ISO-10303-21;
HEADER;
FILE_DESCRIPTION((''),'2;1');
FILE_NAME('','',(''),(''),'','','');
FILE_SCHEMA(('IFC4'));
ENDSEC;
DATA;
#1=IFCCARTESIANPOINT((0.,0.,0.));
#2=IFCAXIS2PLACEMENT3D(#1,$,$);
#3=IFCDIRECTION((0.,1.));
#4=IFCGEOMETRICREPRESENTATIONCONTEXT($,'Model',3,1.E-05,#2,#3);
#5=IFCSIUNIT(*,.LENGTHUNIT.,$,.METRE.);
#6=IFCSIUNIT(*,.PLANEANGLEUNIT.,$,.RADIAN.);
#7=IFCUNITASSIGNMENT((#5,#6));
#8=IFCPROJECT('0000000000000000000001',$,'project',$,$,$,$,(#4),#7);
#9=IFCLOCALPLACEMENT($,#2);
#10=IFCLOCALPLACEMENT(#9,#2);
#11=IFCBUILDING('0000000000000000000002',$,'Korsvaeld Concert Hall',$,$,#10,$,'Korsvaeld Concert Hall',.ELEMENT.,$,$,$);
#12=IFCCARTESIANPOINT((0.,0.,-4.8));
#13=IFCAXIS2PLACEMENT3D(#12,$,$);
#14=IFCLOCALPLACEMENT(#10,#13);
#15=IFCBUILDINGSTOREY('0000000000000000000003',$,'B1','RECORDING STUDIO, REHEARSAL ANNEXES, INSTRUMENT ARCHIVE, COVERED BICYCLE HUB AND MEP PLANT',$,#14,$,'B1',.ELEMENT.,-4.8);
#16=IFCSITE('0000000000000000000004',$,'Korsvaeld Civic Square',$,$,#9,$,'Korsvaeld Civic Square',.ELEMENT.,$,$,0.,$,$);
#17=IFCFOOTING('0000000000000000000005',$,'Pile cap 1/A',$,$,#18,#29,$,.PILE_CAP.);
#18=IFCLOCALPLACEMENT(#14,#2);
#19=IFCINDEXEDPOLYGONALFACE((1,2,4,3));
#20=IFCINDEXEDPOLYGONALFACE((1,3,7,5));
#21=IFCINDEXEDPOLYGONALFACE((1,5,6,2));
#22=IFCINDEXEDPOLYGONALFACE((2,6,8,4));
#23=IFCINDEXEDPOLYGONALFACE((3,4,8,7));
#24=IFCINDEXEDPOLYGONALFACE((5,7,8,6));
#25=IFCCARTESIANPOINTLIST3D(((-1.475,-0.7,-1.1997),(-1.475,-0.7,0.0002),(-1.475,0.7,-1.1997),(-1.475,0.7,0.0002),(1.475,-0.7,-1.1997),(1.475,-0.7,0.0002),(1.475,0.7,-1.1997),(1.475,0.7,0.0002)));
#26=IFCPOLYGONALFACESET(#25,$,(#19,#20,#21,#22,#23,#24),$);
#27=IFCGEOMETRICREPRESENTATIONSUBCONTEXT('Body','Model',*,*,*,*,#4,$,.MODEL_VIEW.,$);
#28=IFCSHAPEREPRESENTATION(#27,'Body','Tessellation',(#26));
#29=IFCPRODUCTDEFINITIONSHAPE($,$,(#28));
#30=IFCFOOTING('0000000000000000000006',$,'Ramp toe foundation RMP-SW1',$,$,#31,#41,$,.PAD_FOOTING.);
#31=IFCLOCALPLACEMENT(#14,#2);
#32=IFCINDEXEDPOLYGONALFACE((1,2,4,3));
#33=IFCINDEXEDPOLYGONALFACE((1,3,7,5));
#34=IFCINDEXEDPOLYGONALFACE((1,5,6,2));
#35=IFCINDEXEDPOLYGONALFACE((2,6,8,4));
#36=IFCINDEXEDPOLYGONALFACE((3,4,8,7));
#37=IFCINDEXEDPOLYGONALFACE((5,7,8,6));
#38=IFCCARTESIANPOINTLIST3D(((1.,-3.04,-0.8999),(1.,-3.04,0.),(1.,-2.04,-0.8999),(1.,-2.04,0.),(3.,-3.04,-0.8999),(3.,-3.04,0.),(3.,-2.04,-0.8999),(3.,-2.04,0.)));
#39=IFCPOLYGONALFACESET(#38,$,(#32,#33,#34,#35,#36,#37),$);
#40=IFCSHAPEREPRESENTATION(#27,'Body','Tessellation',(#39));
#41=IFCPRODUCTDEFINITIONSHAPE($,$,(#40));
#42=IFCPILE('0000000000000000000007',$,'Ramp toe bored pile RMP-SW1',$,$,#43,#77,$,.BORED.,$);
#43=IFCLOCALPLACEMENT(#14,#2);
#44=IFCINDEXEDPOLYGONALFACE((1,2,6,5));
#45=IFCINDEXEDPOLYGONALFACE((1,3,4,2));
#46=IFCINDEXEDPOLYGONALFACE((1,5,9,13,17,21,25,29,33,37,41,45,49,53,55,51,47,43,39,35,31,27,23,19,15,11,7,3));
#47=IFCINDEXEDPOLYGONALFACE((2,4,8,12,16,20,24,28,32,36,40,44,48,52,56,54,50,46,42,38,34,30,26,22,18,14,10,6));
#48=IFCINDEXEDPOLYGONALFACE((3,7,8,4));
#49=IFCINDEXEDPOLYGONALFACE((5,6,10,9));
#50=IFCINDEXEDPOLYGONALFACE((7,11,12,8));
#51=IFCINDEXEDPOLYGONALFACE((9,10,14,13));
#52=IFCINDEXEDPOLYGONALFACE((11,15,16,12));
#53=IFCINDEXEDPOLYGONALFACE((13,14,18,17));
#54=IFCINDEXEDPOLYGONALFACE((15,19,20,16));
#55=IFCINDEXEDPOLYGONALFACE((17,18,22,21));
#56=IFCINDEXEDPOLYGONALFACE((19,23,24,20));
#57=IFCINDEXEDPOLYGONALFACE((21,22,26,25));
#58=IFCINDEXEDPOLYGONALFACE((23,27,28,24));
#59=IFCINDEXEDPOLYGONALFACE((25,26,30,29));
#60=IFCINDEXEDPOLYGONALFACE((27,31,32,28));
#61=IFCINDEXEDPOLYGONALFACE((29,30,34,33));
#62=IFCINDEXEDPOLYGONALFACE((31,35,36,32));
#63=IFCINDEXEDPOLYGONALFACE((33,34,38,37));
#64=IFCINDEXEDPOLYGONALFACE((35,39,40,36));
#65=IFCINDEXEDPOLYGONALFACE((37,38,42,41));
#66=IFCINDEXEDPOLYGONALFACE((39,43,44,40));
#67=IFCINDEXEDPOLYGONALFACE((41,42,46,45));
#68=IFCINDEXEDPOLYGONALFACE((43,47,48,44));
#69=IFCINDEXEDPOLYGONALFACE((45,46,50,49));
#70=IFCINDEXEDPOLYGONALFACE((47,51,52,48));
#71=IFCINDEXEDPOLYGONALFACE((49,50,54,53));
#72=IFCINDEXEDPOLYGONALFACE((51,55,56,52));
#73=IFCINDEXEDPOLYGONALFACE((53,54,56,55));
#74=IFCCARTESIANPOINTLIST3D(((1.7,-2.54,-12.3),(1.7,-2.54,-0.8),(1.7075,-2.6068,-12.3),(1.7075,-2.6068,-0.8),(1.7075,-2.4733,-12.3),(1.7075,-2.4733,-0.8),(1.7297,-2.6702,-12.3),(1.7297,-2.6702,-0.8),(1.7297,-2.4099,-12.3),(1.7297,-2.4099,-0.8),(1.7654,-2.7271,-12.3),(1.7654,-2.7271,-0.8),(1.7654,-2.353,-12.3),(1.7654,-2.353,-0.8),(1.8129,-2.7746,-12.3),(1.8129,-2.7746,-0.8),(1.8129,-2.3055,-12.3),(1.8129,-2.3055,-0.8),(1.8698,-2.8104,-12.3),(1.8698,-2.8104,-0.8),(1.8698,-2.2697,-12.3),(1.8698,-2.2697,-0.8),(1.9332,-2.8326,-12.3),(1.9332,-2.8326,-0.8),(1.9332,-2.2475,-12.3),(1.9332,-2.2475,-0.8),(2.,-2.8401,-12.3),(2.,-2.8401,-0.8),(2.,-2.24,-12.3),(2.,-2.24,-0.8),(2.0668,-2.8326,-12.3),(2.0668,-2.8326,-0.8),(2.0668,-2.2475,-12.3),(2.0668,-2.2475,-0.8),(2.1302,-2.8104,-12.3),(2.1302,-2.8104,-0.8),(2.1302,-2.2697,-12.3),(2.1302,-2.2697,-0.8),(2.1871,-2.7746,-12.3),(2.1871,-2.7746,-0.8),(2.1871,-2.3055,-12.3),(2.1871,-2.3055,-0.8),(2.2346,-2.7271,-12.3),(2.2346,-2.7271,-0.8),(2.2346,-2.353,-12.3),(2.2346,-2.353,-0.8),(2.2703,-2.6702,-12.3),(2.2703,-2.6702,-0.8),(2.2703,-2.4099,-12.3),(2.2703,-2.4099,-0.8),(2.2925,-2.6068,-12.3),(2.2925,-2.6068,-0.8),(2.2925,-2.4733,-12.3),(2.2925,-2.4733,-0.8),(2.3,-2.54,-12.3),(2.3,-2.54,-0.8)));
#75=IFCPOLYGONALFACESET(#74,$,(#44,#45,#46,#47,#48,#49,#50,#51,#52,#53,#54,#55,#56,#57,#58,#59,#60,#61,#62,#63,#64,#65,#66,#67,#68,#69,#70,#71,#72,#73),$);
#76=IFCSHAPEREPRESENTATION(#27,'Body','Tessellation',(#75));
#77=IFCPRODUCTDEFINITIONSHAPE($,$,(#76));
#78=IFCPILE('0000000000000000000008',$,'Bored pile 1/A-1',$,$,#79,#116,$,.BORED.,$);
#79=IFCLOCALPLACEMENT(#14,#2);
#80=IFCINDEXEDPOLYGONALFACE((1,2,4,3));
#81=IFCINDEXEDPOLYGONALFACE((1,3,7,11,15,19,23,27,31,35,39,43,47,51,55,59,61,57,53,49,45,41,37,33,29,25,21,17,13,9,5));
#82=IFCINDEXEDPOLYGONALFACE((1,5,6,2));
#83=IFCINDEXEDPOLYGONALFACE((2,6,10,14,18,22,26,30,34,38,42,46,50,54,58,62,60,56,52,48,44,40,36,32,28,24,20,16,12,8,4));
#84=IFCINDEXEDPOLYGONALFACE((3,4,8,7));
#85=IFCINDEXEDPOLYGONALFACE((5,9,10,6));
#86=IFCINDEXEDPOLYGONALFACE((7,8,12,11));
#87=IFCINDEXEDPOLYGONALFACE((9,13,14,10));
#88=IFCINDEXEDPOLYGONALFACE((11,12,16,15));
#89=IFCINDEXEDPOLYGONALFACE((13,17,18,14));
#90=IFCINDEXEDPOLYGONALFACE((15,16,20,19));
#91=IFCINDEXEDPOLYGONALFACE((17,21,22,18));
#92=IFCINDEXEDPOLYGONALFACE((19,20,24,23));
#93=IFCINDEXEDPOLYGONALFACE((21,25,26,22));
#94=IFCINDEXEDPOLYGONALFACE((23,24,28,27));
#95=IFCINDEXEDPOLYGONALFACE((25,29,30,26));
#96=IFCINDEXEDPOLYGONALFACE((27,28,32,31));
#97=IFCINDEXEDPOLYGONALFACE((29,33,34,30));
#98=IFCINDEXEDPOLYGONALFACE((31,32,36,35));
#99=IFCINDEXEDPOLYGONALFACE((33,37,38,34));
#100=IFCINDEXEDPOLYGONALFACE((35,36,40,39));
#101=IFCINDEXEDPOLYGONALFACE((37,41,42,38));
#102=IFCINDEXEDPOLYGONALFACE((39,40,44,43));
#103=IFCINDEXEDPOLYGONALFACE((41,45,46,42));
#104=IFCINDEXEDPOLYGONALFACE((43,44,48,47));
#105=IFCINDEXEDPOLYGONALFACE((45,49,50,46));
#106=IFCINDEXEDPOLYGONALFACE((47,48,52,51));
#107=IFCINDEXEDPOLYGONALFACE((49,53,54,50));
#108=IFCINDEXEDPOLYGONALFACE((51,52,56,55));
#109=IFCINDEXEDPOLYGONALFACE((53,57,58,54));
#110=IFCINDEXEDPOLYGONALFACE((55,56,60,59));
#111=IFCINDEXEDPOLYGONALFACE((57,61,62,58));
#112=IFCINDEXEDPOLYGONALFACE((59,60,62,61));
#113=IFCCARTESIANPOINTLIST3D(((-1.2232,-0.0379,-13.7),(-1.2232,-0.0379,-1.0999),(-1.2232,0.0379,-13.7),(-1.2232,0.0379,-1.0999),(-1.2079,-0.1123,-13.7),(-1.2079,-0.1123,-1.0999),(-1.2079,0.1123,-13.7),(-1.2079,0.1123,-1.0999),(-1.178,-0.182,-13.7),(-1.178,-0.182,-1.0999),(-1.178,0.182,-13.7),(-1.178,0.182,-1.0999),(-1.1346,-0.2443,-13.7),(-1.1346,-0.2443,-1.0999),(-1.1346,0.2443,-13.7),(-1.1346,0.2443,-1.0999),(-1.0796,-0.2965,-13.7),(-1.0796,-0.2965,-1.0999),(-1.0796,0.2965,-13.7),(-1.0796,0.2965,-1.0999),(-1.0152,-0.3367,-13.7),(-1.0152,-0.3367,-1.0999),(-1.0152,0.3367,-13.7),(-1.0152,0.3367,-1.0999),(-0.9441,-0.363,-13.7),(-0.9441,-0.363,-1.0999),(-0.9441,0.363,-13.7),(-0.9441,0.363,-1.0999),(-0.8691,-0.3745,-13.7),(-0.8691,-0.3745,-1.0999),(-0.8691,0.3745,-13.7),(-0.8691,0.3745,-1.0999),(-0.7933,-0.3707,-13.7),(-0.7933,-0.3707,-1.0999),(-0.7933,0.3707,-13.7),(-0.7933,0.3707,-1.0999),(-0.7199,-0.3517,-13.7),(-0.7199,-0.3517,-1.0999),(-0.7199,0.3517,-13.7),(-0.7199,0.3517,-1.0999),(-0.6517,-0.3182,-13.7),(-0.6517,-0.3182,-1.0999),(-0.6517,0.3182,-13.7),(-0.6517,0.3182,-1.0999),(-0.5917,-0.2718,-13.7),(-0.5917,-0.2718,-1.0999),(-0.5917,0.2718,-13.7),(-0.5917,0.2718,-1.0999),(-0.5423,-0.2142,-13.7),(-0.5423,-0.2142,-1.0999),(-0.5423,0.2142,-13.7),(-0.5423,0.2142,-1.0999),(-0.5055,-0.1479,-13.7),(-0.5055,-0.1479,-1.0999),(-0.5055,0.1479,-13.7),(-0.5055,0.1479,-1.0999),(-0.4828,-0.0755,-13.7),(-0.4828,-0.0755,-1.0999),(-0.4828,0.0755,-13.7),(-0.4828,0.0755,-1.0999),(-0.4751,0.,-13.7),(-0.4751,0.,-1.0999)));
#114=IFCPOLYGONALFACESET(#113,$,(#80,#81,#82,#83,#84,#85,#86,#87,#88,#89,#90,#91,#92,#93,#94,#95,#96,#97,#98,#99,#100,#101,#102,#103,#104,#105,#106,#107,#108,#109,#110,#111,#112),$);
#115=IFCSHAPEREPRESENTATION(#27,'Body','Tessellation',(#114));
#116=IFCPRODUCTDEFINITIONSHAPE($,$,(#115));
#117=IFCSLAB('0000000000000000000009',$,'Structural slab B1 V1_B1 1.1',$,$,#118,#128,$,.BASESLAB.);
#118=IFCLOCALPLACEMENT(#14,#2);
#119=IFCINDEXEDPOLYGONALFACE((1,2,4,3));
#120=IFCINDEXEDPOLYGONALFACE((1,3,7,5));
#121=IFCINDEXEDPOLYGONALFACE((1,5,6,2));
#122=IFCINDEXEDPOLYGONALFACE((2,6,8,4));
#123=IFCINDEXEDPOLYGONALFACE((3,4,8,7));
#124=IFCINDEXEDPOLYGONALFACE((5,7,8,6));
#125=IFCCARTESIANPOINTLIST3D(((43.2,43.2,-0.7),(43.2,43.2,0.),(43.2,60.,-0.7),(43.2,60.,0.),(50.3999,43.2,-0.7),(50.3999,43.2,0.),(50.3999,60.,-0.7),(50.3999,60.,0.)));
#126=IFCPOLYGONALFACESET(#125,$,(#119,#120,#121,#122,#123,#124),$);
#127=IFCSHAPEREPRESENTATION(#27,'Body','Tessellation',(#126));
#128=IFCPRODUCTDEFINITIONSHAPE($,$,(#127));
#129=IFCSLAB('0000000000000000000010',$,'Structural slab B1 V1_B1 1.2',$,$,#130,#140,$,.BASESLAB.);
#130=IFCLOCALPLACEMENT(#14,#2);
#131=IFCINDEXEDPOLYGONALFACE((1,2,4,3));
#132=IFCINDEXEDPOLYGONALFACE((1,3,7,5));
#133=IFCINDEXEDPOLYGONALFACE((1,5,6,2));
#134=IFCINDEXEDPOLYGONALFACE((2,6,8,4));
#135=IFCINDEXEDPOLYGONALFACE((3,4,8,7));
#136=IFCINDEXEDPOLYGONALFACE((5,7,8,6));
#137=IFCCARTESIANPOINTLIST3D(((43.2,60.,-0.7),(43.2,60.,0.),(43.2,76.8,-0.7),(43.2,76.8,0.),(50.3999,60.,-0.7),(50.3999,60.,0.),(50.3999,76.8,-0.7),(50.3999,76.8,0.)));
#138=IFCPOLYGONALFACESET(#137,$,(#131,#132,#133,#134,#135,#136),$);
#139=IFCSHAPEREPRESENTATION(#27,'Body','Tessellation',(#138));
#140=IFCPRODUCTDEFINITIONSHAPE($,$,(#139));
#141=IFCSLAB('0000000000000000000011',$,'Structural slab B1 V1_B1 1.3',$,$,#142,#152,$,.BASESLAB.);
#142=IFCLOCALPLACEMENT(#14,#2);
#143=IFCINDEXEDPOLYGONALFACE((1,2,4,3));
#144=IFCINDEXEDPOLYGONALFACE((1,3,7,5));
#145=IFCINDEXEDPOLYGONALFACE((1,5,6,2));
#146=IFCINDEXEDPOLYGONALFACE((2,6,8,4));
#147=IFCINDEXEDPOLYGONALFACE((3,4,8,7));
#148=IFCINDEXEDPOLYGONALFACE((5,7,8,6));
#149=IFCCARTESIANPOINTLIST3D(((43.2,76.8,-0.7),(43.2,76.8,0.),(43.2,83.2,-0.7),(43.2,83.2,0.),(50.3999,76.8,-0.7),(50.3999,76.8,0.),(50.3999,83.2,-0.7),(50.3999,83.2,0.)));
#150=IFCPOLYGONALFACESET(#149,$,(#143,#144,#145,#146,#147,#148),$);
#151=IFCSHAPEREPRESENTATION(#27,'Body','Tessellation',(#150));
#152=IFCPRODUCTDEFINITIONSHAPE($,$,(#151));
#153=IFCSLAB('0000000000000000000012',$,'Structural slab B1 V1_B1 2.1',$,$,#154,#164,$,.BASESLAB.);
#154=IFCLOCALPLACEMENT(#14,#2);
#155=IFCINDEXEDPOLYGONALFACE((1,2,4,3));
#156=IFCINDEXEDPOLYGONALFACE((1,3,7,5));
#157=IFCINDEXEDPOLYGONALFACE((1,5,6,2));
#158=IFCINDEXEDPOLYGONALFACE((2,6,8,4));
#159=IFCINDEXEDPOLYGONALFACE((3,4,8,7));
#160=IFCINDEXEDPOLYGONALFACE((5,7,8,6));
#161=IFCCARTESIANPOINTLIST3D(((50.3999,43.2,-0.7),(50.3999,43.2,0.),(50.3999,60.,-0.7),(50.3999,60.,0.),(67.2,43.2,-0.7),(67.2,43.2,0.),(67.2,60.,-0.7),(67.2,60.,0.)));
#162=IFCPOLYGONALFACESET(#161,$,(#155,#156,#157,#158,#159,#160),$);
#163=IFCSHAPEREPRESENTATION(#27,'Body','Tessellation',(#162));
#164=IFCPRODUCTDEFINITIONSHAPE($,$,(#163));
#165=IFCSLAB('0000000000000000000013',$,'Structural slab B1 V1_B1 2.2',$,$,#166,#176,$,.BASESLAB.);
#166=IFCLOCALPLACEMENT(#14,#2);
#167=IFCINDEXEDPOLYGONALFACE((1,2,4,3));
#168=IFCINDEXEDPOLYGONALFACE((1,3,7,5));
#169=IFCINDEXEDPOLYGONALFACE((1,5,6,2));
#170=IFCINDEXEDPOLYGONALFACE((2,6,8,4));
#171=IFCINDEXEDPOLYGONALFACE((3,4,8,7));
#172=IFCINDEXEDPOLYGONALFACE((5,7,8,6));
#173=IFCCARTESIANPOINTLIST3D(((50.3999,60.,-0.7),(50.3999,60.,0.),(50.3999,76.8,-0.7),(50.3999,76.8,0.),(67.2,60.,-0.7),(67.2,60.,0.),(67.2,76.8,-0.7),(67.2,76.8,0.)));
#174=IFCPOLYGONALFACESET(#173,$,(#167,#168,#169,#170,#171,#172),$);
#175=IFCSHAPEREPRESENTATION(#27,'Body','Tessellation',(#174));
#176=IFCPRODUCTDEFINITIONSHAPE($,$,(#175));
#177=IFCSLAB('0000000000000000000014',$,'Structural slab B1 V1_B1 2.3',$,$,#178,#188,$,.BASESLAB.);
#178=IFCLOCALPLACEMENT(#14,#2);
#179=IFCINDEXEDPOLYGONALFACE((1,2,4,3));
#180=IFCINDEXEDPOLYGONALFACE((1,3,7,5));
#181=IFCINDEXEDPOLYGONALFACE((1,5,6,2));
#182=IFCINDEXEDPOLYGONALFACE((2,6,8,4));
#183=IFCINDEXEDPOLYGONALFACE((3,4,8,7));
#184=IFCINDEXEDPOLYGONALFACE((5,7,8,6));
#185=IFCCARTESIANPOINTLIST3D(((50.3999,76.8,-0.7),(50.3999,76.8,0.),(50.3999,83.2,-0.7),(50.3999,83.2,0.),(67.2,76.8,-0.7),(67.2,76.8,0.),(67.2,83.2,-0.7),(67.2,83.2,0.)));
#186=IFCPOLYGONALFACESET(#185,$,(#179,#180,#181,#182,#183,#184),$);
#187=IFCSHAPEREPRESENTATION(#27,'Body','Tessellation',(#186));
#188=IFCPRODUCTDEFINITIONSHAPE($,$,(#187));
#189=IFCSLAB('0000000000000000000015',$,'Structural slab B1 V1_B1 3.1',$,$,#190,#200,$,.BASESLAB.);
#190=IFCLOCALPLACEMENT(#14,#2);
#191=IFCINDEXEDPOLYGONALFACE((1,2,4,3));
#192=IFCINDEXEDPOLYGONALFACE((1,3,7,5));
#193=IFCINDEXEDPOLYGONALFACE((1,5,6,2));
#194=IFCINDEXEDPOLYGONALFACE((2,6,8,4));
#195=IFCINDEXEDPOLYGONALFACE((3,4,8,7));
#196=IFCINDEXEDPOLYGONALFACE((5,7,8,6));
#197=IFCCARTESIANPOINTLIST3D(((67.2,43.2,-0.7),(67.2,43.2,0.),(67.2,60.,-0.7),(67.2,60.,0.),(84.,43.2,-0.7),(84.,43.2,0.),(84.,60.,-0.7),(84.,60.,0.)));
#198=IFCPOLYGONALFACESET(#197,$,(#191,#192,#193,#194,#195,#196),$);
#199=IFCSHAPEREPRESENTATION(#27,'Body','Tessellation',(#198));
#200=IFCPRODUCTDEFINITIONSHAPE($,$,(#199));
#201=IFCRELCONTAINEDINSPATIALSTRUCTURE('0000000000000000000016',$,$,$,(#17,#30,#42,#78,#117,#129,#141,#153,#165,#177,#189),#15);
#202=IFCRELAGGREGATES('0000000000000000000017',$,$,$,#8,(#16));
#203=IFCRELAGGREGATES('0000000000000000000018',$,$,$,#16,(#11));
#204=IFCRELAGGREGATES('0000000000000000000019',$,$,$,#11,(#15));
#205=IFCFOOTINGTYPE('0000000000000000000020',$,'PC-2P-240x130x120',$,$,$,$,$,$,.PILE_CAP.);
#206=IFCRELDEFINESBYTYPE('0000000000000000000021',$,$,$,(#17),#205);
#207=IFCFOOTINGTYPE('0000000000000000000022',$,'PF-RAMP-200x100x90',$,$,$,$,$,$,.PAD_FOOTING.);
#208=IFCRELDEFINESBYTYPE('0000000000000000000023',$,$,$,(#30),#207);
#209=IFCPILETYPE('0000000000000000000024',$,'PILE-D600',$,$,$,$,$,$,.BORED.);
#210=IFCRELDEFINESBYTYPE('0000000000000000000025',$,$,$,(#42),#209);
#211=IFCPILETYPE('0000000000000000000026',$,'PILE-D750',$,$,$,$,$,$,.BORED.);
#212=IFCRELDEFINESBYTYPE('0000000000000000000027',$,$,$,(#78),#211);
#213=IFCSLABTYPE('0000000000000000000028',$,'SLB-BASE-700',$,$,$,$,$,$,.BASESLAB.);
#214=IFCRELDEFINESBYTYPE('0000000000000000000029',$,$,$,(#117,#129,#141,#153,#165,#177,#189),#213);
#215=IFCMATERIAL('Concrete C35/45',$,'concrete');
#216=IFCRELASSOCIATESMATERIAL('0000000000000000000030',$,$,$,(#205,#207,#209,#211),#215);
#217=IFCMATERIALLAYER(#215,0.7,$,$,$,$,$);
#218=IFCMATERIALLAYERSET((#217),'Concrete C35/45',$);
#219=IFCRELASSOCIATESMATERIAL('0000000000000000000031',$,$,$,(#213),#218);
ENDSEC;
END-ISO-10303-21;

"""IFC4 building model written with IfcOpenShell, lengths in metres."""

from ifc_helpers import new_model, si_unit, direction, frame, origin, origin_2d, place, context, subcontext, project, spatial, polyline, rectangle, circle, outline, extrude, material, layer, layer_set, material_profile, profile_set, type_object, element, save


model = new_model("IFC4")

# Units and contexts
model_context = context("Model", 3, precision=1e-05, world=origin(), true_north=direction((0.0, 1.0)))
body_context = subcontext(model_context, "Body", "Model", "MODEL_VIEW")
ifc_project = project(units=[si_unit("LENGTHUNIT", "METRE"), si_unit("PLANEANGLEUNIT", "RADIAN")], contexts=[model_context])

# Site, building, storey
site_placement = place(None, origin())
site = spatial("IfcSite", under=ifc_project, at=site_placement, Name="Korsvaeld Civic Square", LongName="Korsvaeld Civic Square", CompositionType="ELEMENT", RefElevation=0.0)
building_placement = place(site_placement, origin())
building = spatial("IfcBuilding", under=site, at=building_placement, Name="Korsvaeld Concert Hall", LongName="Korsvaeld Concert Hall", CompositionType="ELEMENT")
storey_placement = place(building_placement, frame((0.0, 0.0, -4.8)))
storey = spatial("IfcBuildingStorey", under=building, at=storey_placement, Name="B1", Description="RECORDING STUDIO, REHEARSAL ANNEXES, INSTRUMENT ARCHIVE, COVERED BICYCLE HUB AND MEP PLANT", LongName="B1", CompositionType="ELEMENT", Elevation=-4.8)

# Footings
ifc_material = material(Name="Concrete C35/45", Category="concrete")
footing_type_1 = type_object("IfcFootingType", Name="PC-2P-240x130x120", PredefinedType="PILE_CAP", material=ifc_material)
footing_1_placement = place(storey_placement, frame((0.0, 0.0, -1.1997), z_axis=(0.0, 0.0, 1.0), x_axis=(1.0, 0.0, 0.0)))
element("IfcFooting", 1, at=footing_1_placement, inside=storey, type_object=footing_type_1, Name="Pile cap 1/A", PredefinedType="PILE_CAP", context=body_context, shape_type="SweptSolid", body=[
    extrude(rectangle(XDim=2.95, YDim=1.3999, at=origin_2d()), origin(), (0.0, 0.0, 1.0), 1.2),
])
footing_type_2 = type_object("IfcFootingType", Name="PF-RAMP-200x100x90", PredefinedType="PAD_FOOTING", material=ifc_material)
footing_2_placement = place(storey_placement, frame((2.0, -2.54, -0.8999), z_axis=(0.0, 0.0, 1.0), x_axis=(1.0, 0.0, 0.0)))
element("IfcFooting", 2, at=footing_2_placement, inside=storey, type_object=footing_type_2, Name="Ramp toe foundation RMP-SW1", PredefinedType="PAD_FOOTING", context=body_context, shape_type="SweptSolid", body=[
    extrude(rectangle(XDim=2.0, YDim=1.0, at=origin_2d()), origin(), (0.0, 0.0, 1.0), 0.8999),
])

# Piles
ifc_material_profile_1 = material_profile(ifc_material, circle(Radius=0.3, at=origin_2d()), Name="BORED PILE D600")
ifc_profile_set_1 = profile_set([ifc_material_profile_1], Name="Concrete C35/45")
pile_type_1 = type_object("IfcPileType", Name="PILE-D600", PredefinedType="BORED", material=ifc_profile_set_1)
pile_1_placement = place(storey_placement, frame((2.0, -2.54, -0.8), z_axis=(0.0, 0.0, -1.0), x_axis=(1.0, 0.0, 0.0)))
element("IfcPile", 3, at=pile_1_placement, inside=storey, type_object=pile_type_1, Name="Ramp toe bored pile RMP-SW1", PredefinedType="BORED", context=body_context, shape_type="SweptSolid", body=[
    extrude(circle(Radius=0.3, at=origin_2d()), origin(), (0.0, 0.0, 1.0), 11.5),
])
ifc_material_profile_2 = material_profile(ifc_material, circle(Radius=0.375, at=origin_2d()), Name="BORED PILE D750")
ifc_profile_set_2 = profile_set([ifc_material_profile_2], Name="Concrete C35/45")
pile_type_2 = type_object("IfcPileType", Name="PILE-D750", PredefinedType="BORED", material=ifc_profile_set_2)
pile_2_placement = place(storey_placement, frame((-0.8501, 0.0, -1.0999), z_axis=(0.0, 0.0, -1.0), x_axis=(1.0, 0.0, 0.0)))
element("IfcPile", 4, at=pile_2_placement, inside=storey, type_object=pile_type_2, Name="Bored pile 1/A-1", PredefinedType="BORED", context=body_context, shape_type="SweptSolid", body=[
    extrude(circle(Radius=0.375, at=origin_2d()), origin(), (0.0, 0.0, 1.0), 12.6001),
])

# Slabs
ifc_layer = layer(ifc_material, 0.7)
ifc_layer_set = layer_set([ifc_layer], Name="Concrete C35/45")
slab_type = type_object("IfcSlabType", Name="SLB-BASE-700", PredefinedType="BASESLAB", material=ifc_layer_set)
slab_1_placement = place(storey_placement, frame((0.0, 0.0, -0.7)))
element("IfcSlab", 5, at=slab_1_placement, inside=storey, type_object=slab_type, Name="Structural slab B1 V1_B1 1.1", PredefinedType="BASESLAB", context=body_context, shape_type="SweptSolid", body=[
    extrude(outline(polyline([(50.3999, 43.2), (50.3999, 60.0), (43.2, 60.0), (43.2, 43.2), (50.3999, 43.2)])), origin(), (0.0, 0.0, 1.0), 0.7),
])
slab_2_placement = place(storey_placement, frame((0.0, 0.0, -0.7)))
element("IfcSlab", 6, at=slab_2_placement, inside=storey, type_object=slab_type, Name="Structural slab B1 V1_B1 1.2", PredefinedType="BASESLAB", context=body_context, shape_type="SweptSolid", body=[
    extrude(outline(polyline([(50.3999, 60.0), (50.3999, 76.8), (43.2, 76.8), (43.2, 60.0), (50.3999, 60.0)])), origin(), (0.0, 0.0, 1.0), 0.7),
])
slab_3_placement = place(storey_placement, frame((0.0, 0.0, -0.7)))
element("IfcSlab", 7, at=slab_3_placement, inside=storey, type_object=slab_type, Name="Structural slab B1 V1_B1 1.3", PredefinedType="BASESLAB", context=body_context, shape_type="SweptSolid", body=[
    extrude(outline(polyline([(50.3999, 76.8), (50.3999, 83.2), (43.2, 83.2), (43.2, 76.8), (50.3999, 76.8)])), origin(), (0.0, 0.0, 1.0), 0.7),
])
slab_4_placement = place(storey_placement, frame((0.0, 0.0, -0.7)))
element("IfcSlab", 8, at=slab_4_placement, inside=storey, type_object=slab_type, Name="Structural slab B1 V1_B1 2.1", PredefinedType="BASESLAB", context=body_context, shape_type="SweptSolid", body=[
    extrude(outline(polyline([(67.2, 43.2), (67.2, 60.0), (50.3999, 60.0), (50.3999, 43.2), (67.2, 43.2)])), origin(), (0.0, 0.0, 1.0), 0.7),
])
slab_5_placement = place(storey_placement, frame((0.0, 0.0, -0.7)))
element("IfcSlab", 9, at=slab_5_placement, inside=storey, type_object=slab_type, Name="Structural slab B1 V1_B1 2.2", PredefinedType="BASESLAB", context=body_context, shape_type="SweptSolid", body=[
    extrude(outline(polyline([(67.2, 60.0), (67.2, 76.8), (50.3999, 76.8), (50.3999, 60.0), (67.2, 60.0)])), origin(), (0.0, 0.0, 1.0), 0.7),
])
slab_6_placement = place(storey_placement, frame((0.0, 0.0, -0.7)))
element("IfcSlab", 10, at=slab_6_placement, inside=storey, type_object=slab_type, Name="Structural slab B1 V1_B1 2.3", PredefinedType="BASESLAB", context=body_context, shape_type="SweptSolid", body=[
    extrude(outline(polyline([(67.2, 76.8), (67.2, 83.2), (50.3999, 83.2), (50.3999, 76.8), (67.2, 76.8)])), origin(), (0.0, 0.0, 1.0), 0.7),
])
slab_7_placement = place(storey_placement, frame((0.0, 0.0, -0.7)))
element("IfcSlab", 11, at=slab_7_placement, inside=storey, type_object=slab_type, Name="Structural slab B1 V1_B1 3.1", PredefinedType="BASESLAB", context=body_context, shape_type="SweptSolid", body=[
    extrude(outline(polyline([(84.0, 43.2), (84.0, 60.0), (67.2, 60.0), (67.2, 43.2), (84.0, 43.2)])), origin(), (0.0, 0.0, 1.0), 0.7),
])

save(model, "model.ifc")
